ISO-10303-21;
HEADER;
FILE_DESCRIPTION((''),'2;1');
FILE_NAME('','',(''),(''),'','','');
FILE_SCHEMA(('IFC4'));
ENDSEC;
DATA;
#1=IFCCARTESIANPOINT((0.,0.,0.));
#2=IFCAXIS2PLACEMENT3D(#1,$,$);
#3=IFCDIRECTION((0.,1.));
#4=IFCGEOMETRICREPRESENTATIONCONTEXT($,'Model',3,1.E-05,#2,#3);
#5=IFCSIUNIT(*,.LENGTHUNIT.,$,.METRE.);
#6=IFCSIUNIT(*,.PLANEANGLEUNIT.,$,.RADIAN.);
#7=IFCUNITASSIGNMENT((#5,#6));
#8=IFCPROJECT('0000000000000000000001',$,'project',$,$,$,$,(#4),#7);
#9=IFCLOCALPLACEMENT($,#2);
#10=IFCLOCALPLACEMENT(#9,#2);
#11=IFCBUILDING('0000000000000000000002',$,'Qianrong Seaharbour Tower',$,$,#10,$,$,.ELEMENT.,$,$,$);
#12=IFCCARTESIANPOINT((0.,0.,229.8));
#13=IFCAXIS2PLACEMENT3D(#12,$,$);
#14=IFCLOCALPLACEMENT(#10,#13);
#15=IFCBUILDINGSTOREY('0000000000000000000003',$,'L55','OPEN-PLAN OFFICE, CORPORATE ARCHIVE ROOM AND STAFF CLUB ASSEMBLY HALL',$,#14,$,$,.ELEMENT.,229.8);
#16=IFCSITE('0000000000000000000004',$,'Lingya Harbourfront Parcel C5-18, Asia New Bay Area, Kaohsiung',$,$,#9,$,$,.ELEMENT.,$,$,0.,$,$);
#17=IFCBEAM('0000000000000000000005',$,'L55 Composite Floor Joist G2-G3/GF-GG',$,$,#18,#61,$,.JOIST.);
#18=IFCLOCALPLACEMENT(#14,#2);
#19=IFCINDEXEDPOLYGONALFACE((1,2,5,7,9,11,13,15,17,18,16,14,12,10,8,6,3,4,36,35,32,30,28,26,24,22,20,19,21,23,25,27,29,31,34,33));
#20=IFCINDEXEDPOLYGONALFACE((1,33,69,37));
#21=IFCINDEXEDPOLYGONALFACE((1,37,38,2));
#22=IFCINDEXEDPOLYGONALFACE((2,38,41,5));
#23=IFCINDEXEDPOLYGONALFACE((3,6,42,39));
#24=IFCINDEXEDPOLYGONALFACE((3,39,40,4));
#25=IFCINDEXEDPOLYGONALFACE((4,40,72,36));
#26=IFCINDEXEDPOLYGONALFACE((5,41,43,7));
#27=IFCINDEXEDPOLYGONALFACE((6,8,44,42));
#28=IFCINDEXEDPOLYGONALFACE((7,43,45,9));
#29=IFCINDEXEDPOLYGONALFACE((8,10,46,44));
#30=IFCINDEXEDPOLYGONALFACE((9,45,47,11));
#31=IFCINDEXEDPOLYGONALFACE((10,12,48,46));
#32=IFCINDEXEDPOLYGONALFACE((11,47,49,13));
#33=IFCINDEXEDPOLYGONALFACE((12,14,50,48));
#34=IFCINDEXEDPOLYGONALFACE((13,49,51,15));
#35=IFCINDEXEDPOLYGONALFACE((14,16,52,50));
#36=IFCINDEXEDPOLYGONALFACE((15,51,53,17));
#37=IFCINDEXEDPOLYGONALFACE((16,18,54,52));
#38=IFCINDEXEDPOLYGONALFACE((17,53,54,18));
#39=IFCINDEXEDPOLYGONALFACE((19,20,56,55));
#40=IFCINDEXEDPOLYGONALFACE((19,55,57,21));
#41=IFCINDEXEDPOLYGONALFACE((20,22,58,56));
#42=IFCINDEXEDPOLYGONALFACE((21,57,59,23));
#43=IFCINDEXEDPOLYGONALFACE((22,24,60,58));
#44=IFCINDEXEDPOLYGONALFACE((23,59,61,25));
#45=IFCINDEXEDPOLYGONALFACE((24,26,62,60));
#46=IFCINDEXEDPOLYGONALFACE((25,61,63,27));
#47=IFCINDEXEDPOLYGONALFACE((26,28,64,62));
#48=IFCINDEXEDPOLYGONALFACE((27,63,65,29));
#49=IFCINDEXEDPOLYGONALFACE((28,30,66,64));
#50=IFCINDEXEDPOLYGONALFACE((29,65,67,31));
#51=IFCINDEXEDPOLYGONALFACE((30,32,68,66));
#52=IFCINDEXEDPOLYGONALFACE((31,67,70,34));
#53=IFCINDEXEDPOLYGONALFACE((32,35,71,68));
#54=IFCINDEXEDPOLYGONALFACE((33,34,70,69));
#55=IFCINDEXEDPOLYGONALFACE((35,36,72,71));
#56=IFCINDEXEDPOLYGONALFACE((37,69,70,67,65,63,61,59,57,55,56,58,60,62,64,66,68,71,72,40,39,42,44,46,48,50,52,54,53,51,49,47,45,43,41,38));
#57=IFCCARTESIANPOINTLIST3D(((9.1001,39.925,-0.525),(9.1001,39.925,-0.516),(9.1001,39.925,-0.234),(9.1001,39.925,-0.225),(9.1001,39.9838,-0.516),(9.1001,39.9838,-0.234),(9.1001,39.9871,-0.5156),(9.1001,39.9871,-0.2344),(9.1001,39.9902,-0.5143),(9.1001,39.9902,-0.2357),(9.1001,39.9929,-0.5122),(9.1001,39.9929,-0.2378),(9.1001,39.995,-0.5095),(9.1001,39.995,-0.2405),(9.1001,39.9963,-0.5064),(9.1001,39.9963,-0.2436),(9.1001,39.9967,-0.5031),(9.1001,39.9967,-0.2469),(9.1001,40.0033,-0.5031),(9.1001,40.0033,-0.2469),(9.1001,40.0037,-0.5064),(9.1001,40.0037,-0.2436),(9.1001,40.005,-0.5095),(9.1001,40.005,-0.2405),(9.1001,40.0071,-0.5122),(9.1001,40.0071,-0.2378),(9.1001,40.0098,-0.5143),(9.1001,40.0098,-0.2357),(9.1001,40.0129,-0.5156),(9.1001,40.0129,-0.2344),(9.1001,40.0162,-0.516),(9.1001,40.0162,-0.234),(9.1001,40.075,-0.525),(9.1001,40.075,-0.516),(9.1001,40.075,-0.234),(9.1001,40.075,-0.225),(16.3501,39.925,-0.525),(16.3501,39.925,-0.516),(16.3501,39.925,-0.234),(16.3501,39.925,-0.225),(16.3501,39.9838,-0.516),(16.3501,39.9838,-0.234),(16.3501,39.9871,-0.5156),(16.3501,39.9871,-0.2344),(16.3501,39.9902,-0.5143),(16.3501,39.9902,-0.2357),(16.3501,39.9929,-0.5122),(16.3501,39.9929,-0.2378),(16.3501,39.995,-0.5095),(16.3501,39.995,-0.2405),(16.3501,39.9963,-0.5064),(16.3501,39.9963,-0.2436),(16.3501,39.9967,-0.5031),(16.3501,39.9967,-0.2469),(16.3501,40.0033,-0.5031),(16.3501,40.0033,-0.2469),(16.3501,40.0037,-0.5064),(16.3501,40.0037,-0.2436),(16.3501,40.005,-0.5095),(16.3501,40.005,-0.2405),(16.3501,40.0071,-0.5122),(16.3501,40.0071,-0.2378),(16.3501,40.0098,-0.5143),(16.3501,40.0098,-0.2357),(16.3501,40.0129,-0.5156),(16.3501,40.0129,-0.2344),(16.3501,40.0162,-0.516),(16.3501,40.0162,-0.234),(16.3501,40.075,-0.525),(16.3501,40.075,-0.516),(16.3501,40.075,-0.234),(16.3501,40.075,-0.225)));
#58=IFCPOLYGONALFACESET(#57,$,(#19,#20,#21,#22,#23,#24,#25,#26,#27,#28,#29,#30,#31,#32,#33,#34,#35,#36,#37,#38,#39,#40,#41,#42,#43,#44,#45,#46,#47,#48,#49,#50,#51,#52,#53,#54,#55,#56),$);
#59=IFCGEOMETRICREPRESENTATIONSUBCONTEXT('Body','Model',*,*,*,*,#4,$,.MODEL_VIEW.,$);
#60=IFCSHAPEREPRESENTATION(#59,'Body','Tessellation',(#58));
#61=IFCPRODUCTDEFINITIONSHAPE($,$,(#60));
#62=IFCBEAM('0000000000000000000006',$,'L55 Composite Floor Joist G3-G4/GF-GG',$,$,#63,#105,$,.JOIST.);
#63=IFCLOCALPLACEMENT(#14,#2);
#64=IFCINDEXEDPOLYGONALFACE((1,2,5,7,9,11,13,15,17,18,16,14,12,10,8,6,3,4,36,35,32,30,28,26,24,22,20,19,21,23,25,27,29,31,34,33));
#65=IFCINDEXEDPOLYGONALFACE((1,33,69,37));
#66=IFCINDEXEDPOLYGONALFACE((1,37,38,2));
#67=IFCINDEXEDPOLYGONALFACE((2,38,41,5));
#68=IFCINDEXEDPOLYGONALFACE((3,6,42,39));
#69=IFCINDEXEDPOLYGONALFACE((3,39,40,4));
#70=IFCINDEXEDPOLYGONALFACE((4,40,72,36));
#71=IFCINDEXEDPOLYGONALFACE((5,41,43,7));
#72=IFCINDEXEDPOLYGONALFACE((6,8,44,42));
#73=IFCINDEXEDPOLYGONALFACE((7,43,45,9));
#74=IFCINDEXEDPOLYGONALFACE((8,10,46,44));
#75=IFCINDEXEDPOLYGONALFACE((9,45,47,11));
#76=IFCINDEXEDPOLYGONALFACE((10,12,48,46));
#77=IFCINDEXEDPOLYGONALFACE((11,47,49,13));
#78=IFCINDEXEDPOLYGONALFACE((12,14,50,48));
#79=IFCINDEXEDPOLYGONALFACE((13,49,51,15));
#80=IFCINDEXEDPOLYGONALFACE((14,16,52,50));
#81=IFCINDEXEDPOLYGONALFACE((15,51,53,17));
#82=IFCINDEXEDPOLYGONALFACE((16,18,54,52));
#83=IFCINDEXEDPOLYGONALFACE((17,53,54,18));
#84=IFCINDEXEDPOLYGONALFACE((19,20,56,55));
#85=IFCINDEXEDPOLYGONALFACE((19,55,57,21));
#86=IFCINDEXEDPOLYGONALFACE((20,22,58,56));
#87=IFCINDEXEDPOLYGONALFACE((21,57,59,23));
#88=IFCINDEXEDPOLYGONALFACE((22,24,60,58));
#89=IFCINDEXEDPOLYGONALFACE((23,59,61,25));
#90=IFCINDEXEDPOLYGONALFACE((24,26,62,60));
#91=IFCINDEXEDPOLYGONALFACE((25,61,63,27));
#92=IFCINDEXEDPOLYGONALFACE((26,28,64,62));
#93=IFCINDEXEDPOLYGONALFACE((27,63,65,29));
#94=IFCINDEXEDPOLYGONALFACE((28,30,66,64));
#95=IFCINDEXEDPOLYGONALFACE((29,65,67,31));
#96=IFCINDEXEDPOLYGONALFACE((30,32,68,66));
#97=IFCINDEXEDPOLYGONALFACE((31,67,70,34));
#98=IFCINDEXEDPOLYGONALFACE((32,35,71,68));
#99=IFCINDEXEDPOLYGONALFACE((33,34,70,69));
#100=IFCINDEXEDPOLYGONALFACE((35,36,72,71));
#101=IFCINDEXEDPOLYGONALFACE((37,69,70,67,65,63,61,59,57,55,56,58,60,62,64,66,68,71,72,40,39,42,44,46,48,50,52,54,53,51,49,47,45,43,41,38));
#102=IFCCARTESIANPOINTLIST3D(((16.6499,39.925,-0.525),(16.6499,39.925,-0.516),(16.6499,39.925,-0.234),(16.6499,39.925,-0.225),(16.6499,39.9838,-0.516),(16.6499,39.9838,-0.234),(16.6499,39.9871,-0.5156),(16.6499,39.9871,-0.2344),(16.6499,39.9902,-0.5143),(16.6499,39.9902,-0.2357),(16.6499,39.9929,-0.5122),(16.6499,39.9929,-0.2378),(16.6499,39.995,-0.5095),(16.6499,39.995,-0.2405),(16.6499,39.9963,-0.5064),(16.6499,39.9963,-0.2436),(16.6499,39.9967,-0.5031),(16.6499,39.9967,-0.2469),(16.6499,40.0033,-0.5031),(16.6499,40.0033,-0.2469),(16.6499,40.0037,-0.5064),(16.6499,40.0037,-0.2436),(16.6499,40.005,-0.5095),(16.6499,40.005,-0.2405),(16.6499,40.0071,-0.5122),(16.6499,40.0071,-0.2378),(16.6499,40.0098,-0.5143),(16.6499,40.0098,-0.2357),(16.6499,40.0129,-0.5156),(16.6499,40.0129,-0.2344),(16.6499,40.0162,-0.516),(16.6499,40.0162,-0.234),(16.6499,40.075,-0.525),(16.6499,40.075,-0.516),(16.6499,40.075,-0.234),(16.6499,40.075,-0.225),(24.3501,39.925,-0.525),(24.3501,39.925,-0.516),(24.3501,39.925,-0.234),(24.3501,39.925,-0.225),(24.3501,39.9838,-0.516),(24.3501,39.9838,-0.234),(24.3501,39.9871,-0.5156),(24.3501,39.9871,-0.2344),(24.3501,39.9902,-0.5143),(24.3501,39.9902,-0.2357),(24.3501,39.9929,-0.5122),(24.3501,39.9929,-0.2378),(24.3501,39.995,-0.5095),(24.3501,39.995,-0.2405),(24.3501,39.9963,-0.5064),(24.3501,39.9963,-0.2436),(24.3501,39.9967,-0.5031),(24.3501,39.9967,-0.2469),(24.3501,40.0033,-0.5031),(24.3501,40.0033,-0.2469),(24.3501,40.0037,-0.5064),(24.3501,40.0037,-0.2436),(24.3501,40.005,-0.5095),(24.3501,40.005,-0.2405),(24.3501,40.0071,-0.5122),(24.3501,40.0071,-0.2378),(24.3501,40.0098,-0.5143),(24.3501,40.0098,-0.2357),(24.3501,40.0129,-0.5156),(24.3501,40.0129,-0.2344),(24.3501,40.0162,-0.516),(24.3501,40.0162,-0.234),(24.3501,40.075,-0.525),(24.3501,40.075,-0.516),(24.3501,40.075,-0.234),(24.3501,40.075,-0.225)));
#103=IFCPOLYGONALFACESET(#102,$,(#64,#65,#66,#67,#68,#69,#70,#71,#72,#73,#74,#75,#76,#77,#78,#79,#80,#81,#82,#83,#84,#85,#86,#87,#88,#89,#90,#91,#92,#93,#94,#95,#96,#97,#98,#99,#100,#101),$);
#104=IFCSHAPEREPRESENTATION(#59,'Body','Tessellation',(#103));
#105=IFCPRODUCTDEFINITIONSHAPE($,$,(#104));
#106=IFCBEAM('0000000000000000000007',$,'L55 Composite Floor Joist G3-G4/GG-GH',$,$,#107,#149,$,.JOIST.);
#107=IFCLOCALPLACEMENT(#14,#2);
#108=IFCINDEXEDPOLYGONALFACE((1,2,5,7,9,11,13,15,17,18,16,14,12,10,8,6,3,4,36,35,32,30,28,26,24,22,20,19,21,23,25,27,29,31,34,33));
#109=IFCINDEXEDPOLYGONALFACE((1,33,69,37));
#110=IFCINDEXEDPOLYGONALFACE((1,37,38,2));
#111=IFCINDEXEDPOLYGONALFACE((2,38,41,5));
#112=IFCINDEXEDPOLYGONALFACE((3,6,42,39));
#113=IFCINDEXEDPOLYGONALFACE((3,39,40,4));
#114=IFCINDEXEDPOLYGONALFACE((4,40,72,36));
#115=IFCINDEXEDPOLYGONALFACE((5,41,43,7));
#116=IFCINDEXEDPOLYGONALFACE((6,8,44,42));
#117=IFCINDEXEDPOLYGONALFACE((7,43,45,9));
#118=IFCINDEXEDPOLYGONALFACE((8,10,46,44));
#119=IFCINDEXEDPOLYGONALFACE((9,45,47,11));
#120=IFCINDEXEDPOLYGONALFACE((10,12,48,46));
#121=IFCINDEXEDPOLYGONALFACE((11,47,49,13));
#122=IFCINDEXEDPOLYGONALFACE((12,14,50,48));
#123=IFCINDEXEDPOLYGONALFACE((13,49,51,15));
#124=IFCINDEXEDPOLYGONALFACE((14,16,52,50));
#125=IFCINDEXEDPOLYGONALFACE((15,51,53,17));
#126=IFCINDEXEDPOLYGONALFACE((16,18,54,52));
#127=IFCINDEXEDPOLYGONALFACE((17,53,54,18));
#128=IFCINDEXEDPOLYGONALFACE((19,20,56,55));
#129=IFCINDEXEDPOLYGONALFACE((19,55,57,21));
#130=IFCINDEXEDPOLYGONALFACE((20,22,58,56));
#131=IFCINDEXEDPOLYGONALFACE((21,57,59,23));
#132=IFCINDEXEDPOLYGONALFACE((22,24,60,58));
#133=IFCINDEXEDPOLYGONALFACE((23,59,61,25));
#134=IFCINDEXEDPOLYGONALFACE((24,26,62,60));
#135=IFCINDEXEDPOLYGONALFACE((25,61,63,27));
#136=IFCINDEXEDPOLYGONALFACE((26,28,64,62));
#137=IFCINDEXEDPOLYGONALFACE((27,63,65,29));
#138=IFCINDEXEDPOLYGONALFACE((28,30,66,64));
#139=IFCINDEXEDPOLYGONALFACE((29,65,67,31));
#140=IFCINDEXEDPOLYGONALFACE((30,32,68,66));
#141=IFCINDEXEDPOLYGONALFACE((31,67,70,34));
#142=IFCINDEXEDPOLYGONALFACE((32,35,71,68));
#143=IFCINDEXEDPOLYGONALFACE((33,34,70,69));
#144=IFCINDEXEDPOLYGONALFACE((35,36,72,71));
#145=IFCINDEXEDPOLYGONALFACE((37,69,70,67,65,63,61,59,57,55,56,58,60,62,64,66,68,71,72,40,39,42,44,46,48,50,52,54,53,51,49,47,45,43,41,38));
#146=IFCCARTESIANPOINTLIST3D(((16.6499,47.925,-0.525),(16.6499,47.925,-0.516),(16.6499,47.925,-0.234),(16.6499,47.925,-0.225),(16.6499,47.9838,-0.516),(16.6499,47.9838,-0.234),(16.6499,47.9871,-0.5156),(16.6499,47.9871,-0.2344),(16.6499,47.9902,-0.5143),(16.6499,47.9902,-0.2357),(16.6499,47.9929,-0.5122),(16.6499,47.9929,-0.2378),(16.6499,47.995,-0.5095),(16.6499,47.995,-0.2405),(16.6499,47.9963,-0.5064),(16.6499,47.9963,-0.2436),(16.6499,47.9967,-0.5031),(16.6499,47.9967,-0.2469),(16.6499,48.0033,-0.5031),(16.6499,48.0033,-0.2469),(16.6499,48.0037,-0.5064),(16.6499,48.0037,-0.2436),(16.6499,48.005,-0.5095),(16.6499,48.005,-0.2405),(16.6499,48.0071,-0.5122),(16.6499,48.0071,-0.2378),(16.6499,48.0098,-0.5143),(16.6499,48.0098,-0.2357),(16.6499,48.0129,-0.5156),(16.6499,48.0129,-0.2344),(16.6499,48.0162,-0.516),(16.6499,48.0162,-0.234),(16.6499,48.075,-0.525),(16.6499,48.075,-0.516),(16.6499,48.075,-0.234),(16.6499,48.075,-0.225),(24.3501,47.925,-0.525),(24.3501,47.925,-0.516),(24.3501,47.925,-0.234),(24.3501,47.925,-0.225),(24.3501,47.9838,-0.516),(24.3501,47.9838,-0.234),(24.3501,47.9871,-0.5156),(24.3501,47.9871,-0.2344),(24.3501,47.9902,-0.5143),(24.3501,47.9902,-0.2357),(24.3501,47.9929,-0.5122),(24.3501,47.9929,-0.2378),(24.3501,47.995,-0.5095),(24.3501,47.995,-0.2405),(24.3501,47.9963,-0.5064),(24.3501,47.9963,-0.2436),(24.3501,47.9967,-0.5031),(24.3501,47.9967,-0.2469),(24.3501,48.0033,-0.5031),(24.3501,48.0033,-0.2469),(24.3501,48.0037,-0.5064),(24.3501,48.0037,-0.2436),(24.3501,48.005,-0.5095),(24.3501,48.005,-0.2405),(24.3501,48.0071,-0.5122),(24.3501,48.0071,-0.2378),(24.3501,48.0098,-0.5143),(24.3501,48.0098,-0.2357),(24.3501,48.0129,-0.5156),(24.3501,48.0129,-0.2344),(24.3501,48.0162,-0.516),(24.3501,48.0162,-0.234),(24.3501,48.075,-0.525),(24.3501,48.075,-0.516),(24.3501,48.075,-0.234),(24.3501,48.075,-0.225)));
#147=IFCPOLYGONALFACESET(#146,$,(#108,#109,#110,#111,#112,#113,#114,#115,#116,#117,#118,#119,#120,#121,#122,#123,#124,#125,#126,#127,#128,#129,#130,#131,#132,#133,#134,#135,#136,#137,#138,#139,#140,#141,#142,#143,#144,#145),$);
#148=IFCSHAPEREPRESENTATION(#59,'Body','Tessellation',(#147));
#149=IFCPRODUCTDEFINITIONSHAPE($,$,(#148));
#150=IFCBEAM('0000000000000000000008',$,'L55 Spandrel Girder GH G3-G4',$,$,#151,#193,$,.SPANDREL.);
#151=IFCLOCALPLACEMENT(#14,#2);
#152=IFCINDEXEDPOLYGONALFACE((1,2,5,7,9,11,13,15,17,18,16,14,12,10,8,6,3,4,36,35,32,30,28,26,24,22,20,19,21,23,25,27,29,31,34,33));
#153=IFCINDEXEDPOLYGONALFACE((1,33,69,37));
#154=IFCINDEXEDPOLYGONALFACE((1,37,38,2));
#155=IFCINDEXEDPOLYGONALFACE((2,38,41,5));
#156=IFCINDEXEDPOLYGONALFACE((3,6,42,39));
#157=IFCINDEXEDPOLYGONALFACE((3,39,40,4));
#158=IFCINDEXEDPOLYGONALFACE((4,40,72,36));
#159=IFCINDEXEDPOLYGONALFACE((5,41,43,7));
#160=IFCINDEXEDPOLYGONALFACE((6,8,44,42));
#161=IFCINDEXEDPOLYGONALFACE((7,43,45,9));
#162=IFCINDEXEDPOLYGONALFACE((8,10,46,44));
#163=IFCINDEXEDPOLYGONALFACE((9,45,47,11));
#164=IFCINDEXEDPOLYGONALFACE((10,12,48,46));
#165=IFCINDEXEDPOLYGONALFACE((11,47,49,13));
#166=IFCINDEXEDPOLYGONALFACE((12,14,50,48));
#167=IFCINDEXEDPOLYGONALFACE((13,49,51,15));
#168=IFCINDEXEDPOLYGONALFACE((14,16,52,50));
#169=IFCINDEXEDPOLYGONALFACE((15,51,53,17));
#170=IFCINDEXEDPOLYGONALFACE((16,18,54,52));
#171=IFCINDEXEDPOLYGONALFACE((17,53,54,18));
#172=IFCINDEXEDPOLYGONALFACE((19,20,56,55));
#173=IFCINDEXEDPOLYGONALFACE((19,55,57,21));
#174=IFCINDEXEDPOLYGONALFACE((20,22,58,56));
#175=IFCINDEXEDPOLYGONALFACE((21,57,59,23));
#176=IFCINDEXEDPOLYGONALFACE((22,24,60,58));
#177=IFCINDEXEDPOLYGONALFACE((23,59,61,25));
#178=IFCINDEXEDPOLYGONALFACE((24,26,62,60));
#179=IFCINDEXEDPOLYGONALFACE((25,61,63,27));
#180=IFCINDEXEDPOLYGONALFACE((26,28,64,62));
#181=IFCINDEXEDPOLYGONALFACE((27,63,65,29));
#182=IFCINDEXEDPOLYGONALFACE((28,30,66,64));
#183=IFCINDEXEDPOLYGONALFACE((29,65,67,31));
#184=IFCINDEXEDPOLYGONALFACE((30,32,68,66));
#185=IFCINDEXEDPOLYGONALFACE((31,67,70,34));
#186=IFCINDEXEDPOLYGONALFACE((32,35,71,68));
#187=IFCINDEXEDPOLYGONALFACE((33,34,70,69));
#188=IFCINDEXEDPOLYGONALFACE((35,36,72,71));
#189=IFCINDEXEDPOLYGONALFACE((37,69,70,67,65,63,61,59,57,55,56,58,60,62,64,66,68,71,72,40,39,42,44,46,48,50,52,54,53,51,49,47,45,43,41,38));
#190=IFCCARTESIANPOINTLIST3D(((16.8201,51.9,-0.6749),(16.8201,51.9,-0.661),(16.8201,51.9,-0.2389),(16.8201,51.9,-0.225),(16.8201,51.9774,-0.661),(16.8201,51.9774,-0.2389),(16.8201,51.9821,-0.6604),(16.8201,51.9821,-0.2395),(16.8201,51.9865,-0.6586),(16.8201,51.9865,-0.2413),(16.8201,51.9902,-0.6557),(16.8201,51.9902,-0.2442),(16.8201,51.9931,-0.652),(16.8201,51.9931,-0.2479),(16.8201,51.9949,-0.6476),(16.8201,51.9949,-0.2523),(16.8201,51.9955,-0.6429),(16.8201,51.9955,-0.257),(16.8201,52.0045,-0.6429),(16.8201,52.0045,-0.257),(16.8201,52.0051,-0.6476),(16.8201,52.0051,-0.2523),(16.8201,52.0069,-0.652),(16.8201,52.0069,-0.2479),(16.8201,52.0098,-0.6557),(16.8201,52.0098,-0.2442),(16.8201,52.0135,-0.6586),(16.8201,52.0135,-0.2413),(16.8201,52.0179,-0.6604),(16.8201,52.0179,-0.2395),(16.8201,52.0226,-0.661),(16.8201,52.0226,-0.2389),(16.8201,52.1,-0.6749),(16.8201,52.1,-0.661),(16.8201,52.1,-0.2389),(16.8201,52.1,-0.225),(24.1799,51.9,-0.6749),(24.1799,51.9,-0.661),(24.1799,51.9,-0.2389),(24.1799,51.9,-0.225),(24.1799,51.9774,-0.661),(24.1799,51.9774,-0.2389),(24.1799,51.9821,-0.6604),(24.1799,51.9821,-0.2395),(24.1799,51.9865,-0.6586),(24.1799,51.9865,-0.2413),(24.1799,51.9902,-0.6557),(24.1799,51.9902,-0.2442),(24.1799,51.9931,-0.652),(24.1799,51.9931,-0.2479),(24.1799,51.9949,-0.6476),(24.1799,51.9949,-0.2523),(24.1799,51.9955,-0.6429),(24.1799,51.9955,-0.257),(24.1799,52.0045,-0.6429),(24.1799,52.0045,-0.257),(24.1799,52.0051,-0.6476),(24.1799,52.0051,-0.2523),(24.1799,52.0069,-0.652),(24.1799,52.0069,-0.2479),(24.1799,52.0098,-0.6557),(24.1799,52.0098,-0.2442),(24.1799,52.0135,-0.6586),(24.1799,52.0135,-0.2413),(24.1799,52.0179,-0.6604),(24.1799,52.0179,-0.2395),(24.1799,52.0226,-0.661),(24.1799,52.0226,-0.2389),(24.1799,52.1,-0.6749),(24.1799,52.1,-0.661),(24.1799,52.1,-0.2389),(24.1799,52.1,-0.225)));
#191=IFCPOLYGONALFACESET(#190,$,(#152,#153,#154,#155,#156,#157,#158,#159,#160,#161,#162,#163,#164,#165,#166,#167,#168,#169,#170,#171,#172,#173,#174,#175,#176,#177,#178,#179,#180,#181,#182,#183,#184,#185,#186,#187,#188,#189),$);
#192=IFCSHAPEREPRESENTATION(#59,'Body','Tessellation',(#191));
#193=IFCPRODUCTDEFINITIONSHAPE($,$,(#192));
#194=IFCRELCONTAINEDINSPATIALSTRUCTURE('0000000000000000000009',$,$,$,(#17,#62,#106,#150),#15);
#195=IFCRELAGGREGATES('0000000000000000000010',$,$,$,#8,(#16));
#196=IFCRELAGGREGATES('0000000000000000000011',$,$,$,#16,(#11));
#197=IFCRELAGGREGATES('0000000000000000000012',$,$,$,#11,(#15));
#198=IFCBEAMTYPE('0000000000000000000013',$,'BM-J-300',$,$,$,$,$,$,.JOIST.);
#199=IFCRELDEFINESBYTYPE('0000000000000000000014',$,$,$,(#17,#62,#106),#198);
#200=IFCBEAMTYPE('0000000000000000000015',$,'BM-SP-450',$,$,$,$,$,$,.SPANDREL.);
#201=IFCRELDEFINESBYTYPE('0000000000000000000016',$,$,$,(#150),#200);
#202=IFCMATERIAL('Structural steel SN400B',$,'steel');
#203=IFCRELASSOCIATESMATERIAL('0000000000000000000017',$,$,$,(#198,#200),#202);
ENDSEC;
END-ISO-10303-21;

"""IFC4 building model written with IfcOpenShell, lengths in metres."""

from ifc_helpers import new_model, si_unit, direction, frame, origin, origin_2d, place, context, subcontext, project, spatial, i_section, extrude, material, material_profile, profile_set, type_object, element, save


model = new_model("IFC4")

# Units and contexts
model_context = context("Model", 3, precision=1e-05, world=origin(), true_north=direction((0.0, 1.0)))
body_context = subcontext(model_context, "Body", "Model", "MODEL_VIEW")
ifc_project = project(units=[si_unit("LENGTHUNIT", "METRE"), si_unit("PLANEANGLEUNIT", "RADIAN")], contexts=[model_context])

# Site, building, storey
site_placement = place(None, origin())
site = spatial("IfcSite", under=ifc_project, at=site_placement, Name="Lingya Harbourfront Parcel C5-18, Asia New Bay Area, Kaohsiung", CompositionType="ELEMENT", RefElevation=0.0)
building_placement = place(site_placement, origin())
building = spatial("IfcBuilding", under=site, at=building_placement, Name="Qianrong Seaharbour Tower", CompositionType="ELEMENT")
storey_placement = place(building_placement, frame((0.0, 0.0, 229.8)))
storey = spatial("IfcBuildingStorey", under=building, at=storey_placement, Name="L55", Description="OPEN-PLAN OFFICE, CORPORATE ARCHIVE ROOM AND STAFF CLUB ASSEMBLY HALL", CompositionType="ELEMENT", Elevation=229.8)

# Beams
ifc_material_1 = material(Name="Structural steel SN400B", Category="steel")
ifc_material_profile_1 = material_profile(ifc_material_1, i_section(OverallWidth=0.1499, OverallDepth=0.3, WebThickness=0.0066, FlangeThickness=0.009, FilletRadius=0.0129, at=origin_2d()), Name="H300x150x6.5x9")
ifc_profile_set_1 = profile_set([ifc_material_profile_1], Name="Structural steel SN400B")
beam_type_1 = type_object("IfcBeamType", Name="BM-J-300", PredefinedType="JOIST", material=ifc_profile_set_1)
beam_1_placement = place(storey_placement, frame((9.1001, 40.0, -0.375), z_axis=(1.0, 0.0, 0.0), x_axis=(0.0, 1.0, 0.0)))
element("IfcBeam", 1, at=beam_1_placement, inside=storey, type_object=beam_type_1, Name="L55 Composite Floor Joist G2-G3/GF-GG", PredefinedType="JOIST", context=body_context, shape_type="SweptSolid", body=[
    extrude(i_section(OverallWidth=0.1499, OverallDepth=0.3, WebThickness=0.0066, FlangeThickness=0.009, FilletRadius=0.0129, at=origin_2d()), origin(), (0.0, 0.0, 1.0), 7.25),
])
for number, where, z_axis, x_axis, name in (
    (2, (16.6499, 40.0, -0.375), (1.0, 0.0, 0.0), (0.0, 1.0, 0.0), "L55 Composite Floor Joist G3-G4/GF-GG"),
    (3, (16.6499, 48.0, -0.375), (1.0, 0.0, 0.0), (0.0, 1.0, 0.0), "L55 Composite Floor Joist G3-G4/GG-GH"),
):
    element("IfcBeam", number, at=place(storey_placement, frame(where, z_axis=z_axis, x_axis=x_axis)), inside=storey, type_object=beam_type_1, Name=name, PredefinedType="JOIST", context=body_context, shape_type="SweptSolid", body=[
        extrude(i_section(OverallWidth=0.1499, OverallDepth=0.3, WebThickness=0.0066, FlangeThickness=0.009, FilletRadius=0.0129, at=origin_2d()), origin(), (0.0, 0.0, 1.0), 7.7002),
    ])
ifc_material_profile_2 = material_profile(ifc_material_1, i_section(OverallWidth=0.2, OverallDepth=0.45, WebThickness=0.009, FlangeThickness=0.0139, FilletRadius=0.0181, at=origin_2d()), Name="H450x200x9x14")
ifc_profile_set_2 = profile_set([ifc_material_profile_2], Name="Structural steel SN400B")
beam_type_2 = type_object("IfcBeamType", Name="BM-SP-450", PredefinedType="SPANDREL", material=ifc_profile_set_2)
for number, where, z_axis, x_axis, name in (
    (4, (16.8201, 52.0, -0.45), (1.0, 0.0, 0.0), (0.0, 1.0, 0.0), "L55 Spandrel Girder GH G3-G4"),
):
    element("IfcBeam", number, at=place(storey_placement, frame(where, z_axis=z_axis, x_axis=x_axis)), inside=storey, type_object=beam_type_2, Name=name, PredefinedType="SPANDREL", context=body_context, shape_type="SweptSolid", body=[
        extrude(i_section(OverallWidth=0.2, OverallDepth=0.45, WebThickness=0.009, FlangeThickness=0.0139, FilletRadius=0.0181, at=origin_2d()), origin(), (0.0, 0.0, 1.0), 7.3599),
    ])

save(model, "model.ifc")
